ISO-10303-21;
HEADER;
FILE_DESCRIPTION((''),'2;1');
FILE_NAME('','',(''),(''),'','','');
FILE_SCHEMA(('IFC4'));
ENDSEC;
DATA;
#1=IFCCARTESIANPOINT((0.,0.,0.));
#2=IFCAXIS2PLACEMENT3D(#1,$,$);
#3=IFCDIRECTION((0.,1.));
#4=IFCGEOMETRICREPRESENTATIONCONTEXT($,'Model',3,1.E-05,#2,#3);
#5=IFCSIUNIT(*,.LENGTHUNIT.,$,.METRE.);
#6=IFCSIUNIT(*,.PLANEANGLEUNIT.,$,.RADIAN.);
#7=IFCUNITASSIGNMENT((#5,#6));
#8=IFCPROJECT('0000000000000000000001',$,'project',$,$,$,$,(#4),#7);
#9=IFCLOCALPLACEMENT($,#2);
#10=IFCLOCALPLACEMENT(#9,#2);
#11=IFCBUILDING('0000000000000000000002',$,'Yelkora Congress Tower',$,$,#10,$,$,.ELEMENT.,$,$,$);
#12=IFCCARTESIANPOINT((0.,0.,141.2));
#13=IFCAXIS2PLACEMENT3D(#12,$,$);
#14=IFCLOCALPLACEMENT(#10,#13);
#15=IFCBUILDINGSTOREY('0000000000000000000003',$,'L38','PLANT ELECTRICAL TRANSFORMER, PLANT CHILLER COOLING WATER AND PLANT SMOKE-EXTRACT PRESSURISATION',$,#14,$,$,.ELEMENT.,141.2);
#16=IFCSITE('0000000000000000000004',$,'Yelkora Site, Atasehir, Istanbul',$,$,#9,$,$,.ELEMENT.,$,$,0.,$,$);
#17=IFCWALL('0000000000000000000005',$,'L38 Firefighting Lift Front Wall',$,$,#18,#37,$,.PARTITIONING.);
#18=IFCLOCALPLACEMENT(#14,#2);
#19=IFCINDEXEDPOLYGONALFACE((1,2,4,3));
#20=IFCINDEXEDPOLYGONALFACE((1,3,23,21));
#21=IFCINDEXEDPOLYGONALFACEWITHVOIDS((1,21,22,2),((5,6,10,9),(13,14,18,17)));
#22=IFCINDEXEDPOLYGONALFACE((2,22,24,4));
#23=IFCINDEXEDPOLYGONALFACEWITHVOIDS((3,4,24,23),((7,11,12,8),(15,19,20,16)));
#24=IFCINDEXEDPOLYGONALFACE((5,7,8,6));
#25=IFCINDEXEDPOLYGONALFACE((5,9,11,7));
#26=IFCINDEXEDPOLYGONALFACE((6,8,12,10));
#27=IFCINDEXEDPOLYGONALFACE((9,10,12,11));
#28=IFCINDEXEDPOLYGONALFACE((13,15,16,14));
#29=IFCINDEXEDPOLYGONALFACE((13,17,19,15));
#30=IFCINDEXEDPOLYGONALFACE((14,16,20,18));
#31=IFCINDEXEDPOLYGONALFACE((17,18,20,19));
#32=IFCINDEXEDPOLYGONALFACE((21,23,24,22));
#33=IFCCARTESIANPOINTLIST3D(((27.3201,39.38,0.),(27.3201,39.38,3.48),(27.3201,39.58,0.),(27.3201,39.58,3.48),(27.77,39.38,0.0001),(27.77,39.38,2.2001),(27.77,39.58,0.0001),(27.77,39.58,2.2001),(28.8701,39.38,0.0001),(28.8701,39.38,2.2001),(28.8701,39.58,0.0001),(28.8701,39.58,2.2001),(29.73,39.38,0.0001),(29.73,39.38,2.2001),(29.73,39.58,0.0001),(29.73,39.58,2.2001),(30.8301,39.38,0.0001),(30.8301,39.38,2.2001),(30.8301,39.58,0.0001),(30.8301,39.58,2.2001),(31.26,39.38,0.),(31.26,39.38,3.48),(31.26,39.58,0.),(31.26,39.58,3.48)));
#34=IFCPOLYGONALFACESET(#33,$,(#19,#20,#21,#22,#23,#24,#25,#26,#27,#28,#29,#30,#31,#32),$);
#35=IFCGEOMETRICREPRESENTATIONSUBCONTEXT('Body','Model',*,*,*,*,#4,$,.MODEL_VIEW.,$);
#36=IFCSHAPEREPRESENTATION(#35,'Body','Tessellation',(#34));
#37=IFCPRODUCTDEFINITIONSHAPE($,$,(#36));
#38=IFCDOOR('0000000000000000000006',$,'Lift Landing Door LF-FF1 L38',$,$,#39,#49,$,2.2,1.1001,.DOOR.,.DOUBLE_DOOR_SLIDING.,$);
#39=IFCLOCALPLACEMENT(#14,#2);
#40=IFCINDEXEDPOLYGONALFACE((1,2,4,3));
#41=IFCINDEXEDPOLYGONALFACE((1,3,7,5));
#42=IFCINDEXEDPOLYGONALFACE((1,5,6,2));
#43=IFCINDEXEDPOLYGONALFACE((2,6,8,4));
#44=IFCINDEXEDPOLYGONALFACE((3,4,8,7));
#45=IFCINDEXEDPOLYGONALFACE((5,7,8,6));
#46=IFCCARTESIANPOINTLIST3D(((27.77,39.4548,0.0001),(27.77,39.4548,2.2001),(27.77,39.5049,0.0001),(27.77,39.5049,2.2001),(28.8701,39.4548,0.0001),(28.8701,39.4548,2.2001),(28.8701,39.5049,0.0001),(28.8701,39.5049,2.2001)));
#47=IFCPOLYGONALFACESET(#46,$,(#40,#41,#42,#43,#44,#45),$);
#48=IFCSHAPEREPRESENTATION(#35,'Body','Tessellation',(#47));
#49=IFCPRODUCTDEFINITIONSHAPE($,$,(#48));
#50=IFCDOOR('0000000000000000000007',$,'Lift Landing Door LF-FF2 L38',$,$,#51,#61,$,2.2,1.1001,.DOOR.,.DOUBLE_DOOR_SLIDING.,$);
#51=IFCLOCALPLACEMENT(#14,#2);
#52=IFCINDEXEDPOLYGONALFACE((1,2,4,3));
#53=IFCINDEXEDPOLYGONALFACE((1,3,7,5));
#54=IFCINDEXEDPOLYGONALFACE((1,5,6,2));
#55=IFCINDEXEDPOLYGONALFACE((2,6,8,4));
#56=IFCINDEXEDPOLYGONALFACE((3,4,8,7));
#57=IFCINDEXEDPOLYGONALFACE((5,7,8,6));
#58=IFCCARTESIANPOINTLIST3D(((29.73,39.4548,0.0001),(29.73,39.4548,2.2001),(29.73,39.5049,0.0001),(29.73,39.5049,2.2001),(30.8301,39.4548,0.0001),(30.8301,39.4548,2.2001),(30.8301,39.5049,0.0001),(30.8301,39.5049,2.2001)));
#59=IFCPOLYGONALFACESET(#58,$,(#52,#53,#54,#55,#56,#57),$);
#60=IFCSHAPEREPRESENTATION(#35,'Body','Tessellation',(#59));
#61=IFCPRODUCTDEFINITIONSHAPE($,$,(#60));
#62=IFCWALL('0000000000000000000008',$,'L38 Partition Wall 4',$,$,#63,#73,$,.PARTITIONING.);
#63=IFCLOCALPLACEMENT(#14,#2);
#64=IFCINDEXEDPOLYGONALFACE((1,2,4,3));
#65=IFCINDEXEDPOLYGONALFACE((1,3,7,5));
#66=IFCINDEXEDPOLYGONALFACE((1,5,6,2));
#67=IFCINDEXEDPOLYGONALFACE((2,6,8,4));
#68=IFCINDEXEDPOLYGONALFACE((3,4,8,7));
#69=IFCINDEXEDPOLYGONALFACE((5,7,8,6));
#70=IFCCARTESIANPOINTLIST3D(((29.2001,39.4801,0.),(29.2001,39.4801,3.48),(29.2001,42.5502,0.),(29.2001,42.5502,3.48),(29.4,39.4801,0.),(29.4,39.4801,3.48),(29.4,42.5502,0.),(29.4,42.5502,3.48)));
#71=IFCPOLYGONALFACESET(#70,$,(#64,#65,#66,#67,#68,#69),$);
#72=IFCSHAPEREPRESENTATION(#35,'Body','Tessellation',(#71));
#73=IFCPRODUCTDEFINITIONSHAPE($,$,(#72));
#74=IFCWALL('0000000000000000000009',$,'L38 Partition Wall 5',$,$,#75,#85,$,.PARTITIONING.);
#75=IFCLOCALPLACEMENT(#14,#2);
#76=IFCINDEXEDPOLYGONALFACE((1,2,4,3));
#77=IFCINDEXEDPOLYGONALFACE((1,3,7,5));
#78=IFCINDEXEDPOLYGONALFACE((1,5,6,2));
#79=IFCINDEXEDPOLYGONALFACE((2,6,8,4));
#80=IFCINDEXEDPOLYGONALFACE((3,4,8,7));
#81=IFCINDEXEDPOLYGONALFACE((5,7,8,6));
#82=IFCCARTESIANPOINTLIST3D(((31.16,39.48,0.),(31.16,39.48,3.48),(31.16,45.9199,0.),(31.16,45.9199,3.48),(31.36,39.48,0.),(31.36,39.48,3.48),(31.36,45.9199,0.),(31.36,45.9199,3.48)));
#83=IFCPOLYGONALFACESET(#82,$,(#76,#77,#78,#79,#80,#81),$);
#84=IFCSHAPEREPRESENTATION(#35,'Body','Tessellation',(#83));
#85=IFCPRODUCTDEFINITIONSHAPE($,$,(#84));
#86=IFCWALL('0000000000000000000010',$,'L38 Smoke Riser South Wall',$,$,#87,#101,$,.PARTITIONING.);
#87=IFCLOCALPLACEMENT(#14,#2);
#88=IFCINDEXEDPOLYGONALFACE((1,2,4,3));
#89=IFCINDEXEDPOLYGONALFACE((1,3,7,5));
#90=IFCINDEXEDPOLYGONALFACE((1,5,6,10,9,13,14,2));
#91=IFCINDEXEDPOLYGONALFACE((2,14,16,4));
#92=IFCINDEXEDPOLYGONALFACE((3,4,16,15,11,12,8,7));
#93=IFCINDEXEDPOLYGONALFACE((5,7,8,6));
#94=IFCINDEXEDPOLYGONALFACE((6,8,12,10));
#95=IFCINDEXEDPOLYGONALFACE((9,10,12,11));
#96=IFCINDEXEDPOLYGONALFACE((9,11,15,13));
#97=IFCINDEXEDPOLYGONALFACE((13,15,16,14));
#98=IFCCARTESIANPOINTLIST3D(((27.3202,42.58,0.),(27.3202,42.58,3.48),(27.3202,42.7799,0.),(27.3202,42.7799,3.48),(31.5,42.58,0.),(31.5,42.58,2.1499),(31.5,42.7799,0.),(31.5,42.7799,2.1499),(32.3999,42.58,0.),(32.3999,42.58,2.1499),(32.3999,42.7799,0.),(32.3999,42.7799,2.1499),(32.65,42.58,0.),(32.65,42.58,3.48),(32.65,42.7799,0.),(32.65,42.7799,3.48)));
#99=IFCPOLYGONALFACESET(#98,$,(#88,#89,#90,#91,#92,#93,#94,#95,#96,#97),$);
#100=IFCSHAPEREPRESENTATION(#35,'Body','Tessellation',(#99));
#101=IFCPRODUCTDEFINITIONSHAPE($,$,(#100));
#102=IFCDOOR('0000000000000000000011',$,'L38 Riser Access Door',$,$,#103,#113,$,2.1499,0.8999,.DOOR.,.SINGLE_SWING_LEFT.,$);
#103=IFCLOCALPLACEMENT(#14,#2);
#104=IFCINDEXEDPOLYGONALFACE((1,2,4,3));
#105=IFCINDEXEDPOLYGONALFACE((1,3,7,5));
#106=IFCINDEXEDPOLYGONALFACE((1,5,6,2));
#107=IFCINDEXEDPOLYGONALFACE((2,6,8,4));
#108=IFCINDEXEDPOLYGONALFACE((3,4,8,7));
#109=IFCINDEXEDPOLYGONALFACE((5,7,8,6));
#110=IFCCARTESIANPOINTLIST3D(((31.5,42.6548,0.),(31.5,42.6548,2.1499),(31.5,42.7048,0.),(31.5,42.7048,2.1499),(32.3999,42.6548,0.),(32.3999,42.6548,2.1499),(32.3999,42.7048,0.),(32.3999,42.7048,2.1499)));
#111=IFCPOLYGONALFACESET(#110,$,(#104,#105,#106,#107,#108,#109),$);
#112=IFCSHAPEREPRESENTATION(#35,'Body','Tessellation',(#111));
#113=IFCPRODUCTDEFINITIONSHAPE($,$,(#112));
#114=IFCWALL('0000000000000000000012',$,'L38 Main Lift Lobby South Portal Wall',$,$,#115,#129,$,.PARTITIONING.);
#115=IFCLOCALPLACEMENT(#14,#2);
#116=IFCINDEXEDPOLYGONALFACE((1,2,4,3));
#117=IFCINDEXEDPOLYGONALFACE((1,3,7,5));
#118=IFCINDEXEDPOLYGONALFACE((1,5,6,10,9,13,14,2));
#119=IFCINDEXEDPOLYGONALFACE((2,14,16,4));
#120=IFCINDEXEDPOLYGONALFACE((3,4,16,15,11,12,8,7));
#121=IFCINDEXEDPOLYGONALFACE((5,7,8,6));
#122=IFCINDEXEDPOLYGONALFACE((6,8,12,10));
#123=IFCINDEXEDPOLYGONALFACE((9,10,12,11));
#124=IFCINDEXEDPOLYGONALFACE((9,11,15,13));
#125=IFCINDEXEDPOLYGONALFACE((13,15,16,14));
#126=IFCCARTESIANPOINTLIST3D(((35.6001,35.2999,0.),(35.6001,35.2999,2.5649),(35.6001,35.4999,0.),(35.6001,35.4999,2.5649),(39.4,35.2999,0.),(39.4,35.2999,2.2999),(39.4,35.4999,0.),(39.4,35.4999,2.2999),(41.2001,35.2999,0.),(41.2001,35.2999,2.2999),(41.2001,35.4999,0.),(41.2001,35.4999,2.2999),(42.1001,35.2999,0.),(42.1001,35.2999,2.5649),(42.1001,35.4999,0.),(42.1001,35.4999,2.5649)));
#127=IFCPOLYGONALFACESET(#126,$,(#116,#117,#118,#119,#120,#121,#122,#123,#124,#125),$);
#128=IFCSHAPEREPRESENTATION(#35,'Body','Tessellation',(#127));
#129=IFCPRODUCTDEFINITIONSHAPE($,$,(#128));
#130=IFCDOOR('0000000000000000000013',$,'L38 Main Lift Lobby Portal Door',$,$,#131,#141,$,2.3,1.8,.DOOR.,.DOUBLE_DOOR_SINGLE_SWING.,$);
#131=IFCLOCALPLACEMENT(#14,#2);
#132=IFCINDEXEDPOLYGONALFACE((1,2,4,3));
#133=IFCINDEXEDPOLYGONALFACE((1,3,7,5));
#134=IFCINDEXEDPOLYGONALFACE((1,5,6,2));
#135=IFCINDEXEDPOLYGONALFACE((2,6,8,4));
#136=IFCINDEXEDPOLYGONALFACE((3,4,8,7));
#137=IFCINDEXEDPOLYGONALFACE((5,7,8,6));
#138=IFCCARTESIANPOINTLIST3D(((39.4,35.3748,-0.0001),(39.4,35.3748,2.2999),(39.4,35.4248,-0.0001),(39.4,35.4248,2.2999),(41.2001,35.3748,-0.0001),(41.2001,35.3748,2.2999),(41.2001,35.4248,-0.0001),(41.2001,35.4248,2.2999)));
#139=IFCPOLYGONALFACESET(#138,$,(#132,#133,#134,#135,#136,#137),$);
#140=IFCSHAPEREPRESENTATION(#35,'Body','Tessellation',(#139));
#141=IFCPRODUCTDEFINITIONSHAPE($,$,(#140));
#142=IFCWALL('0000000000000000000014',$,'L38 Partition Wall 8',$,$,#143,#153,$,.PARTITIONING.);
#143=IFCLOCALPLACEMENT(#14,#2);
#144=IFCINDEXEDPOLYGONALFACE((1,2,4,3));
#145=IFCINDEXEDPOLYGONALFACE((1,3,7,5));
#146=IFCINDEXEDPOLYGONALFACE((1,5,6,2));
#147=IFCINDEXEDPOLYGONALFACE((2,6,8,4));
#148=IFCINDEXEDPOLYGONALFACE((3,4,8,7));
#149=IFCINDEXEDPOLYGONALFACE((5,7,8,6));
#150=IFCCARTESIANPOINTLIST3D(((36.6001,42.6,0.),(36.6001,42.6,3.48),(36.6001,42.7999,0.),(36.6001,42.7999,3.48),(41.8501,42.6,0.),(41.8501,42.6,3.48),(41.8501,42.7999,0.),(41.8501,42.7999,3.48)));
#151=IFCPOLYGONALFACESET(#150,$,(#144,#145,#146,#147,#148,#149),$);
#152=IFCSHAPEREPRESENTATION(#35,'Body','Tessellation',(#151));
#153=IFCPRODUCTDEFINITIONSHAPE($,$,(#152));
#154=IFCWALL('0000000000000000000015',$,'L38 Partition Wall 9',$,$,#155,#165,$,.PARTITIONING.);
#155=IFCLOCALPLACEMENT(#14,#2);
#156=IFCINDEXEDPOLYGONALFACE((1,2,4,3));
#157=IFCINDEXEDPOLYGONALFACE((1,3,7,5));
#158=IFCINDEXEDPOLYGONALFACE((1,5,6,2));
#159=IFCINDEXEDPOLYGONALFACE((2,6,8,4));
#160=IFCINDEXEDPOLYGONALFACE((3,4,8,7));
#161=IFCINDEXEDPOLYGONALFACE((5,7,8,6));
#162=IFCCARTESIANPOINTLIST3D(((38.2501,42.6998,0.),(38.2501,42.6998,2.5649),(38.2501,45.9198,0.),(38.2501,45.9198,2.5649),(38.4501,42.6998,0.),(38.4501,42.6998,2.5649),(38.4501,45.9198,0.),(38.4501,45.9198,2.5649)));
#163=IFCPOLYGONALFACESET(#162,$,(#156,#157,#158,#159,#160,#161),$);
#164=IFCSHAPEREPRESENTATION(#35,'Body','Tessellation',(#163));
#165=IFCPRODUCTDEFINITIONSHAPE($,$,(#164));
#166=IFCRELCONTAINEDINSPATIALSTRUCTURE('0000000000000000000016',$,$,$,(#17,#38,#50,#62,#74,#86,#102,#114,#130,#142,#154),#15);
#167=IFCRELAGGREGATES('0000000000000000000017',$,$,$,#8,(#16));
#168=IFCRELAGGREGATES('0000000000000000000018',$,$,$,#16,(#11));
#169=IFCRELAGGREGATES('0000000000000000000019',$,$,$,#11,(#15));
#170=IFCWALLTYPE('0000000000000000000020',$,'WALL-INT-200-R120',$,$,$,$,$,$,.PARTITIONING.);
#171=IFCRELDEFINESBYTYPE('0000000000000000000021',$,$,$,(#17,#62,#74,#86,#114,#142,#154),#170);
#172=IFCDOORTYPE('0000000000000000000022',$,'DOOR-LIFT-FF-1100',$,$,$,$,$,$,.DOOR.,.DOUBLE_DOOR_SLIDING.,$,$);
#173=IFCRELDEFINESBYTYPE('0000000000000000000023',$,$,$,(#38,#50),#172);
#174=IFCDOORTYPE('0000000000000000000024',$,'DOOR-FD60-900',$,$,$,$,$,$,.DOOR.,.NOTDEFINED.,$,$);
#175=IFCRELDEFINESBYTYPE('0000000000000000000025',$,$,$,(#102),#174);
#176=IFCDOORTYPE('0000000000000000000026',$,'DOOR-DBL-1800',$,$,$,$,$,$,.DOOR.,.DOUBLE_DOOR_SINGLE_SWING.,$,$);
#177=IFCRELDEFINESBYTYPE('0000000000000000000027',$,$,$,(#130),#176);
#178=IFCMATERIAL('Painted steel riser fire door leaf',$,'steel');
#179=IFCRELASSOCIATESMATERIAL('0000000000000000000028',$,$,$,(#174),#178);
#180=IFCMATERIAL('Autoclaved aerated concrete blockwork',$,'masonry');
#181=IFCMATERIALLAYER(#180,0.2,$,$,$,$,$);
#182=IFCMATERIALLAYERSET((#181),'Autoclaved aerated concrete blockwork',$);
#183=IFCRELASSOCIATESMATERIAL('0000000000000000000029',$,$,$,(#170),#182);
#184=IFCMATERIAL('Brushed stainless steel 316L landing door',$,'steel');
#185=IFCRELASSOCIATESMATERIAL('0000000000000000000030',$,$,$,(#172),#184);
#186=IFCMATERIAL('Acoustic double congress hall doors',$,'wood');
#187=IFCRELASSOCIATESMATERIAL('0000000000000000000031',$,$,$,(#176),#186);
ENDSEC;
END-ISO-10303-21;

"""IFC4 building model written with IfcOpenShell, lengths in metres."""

from ifc_helpers import new_model, si_unit, direction, frame, frame_2d, origin, place, context, subcontext, project, spatial, rectangle, extrude, material, layer, layer_set, type_object, element, fill, save


model = new_model("IFC4")

# Units and contexts
model_context = context("Model", 3, precision=1e-05, world=origin(), true_north=direction((0.0, 1.0)))
body_context = subcontext(model_context, "Body", "Model", "MODEL_VIEW")
ifc_project = project(units=[si_unit("LENGTHUNIT", "METRE"), si_unit("PLANEANGLEUNIT", "RADIAN")], contexts=[model_context])

# Site, building, storey
site_placement = place(None, origin())
site = spatial("IfcSite", under=ifc_project, at=site_placement, Name="Yelkora Site, Atasehir, Istanbul", CompositionType="ELEMENT", RefElevation=0.0)
building_placement = place(site_placement, origin())
building = spatial("IfcBuilding", under=site, at=building_placement, Name="Yelkora Congress Tower", CompositionType="ELEMENT")
storey_placement = place(building_placement, frame((0.0, 0.0, 141.2)))
storey = spatial("IfcBuildingStorey", under=building, at=storey_placement, Name="L38", Description="PLANT ELECTRICAL TRANSFORMER, PLANT CHILLER COOLING WATER AND PLANT SMOKE-EXTRACT PRESSURISATION", CompositionType="ELEMENT", Elevation=141.2)

# Wall, openings, doors
ifc_material_1 = material(Name="Painted steel riser fire door leaf", Category="steel")
door_type_1 = type_object("IfcDoorType", Name="DOOR-FD60-900", OperationType="NOTDEFINED", PredefinedType="DOOR", material=ifc_material_1)
ifc_material_2 = material(Name="Autoclaved aerated concrete blockwork", Category="masonry")
ifc_layer_1 = layer(ifc_material_2, 0.2)
ifc_layer_set_1 = layer_set([ifc_layer_1], Name="Autoclaved aerated concrete blockwork")
wall_type_1 = type_object("IfcWallType", Name="WALL-INT-200-R120", PredefinedType="PARTITIONING", material=ifc_layer_set_1)
wall_1_placement = place(storey_placement, frame((27.3201, 39.48, 0.0), z_axis=(0.0, 0.0, 1.0), x_axis=(1.0, 0.0, 0.0)))
wall_1 = element("IfcWall", 1, at=wall_1_placement, inside=storey, type_object=wall_type_1, Name="L38 Firefighting Lift Front Wall", PredefinedType="PARTITIONING", context=body_context, shape_type="SweptSolid", body=[
    extrude(rectangle(XDim=3.9399, YDim=0.2, at=frame_2d((1.97, 0.0))), origin(), (0.0, 0.0, 1.0), 3.48),
])
opening_1_placement = place(wall_1_placement, frame((0.45, 0.0, 0.0)))
opening_1 = element("IfcOpeningElement", 2, at=opening_1_placement, cuts=wall_1, PredefinedType="OPENING", context=body_context, shape_type="SweptSolid", body=[
    extrude(rectangle(XDim=1.1001, YDim=2.2, at=frame_2d((0.55, 1.1001))), frame((0.0, 0.1099, 0.0), z_axis=(0.0, -1.0, 0.0), x_axis=(1.0, 0.0, 0.0)), (0.0, 0.0, 1.0), 0.22),
])
opening_2_placement = place(wall_1_placement, frame((2.4099, 0.0, 0.0)))
opening_2 = element("IfcOpeningElement", 3, at=opening_2_placement, cuts=wall_1, PredefinedType="OPENING", context=body_context, shape_type="SweptSolid", body=[
    extrude(rectangle(XDim=1.1001, YDim=2.2, at=frame_2d((0.55, 1.1001))), frame((0.0, 0.1099, 0.0), z_axis=(0.0, -1.0, 0.0), x_axis=(1.0, 0.0, 0.0)), (0.0, 0.0, 1.0), 0.22),
])
ifc_material_3 = material(Name="Brushed stainless steel 316L landing door", Category="steel")
door_type_2 = type_object("IfcDoorType", Name="DOOR-LIFT-FF-1100", OperationType="DOUBLE_DOOR_SLIDING", PredefinedType="DOOR", material=ifc_material_3)
door_1_placement = place(opening_1_placement, origin())
door_1 = element("IfcDoor", 4, at=door_1_placement, inside=storey, type_object=door_type_2, Name="Lift Landing Door LF-FF1 L38", OperationType="DOUBLE_DOOR_SLIDING", OverallHeight=2.2, OverallWidth=1.1001, PredefinedType="DOOR", context=body_context, shape_type="SweptSolid", body=[
    extrude(rectangle(XDim=1.1001, YDim=2.2, at=frame_2d((0.55, 1.1001))), frame((0.0, 0.0249, 0.0), z_axis=(0.0, -1.0, 0.0), x_axis=(1.0, 0.0, 0.0)), (0.0, 0.0, 1.0), 0.05),
])
fill(opening_1, door_1)
door_2_placement = place(opening_2_placement, origin())
door_2 = element("IfcDoor", 5, at=door_2_placement, inside=storey, type_object=door_type_2, Name="Lift Landing Door LF-FF2 L38", OperationType="DOUBLE_DOOR_SLIDING", OverallHeight=2.2, OverallWidth=1.1001, PredefinedType="DOOR", context=body_context, shape_type="SweptSolid", body=[
    extrude(rectangle(XDim=1.1001, YDim=2.2, at=frame_2d((0.55, 1.1001))), frame((0.0, 0.0249, 0.0), z_axis=(0.0, -1.0, 0.0), x_axis=(1.0, 0.0, 0.0)), (0.0, 0.0, 1.0), 0.05),
])
fill(opening_2, door_2)

# Walls
wall_2_placement = place(storey_placement, frame((29.3, 39.48, 0.0), z_axis=(0.0, 0.0, 1.0), x_axis=(0.0, 1.0, 0.0)))
element("IfcWall", 6, at=wall_2_placement, inside=storey, type_object=wall_type_1, Name="L38 Partition Wall 4", PredefinedType="PARTITIONING", context=body_context, shape_type="SweptSolid", body=[
    extrude(rectangle(XDim=3.0701, YDim=0.2, at=frame_2d((1.5352, 0.0))), origin(), (0.0, 0.0, 1.0), 3.48),
])
wall_3_placement = place(storey_placement, frame((31.26, 39.48, 0.0), z_axis=(0.0, 0.0, 1.0), x_axis=(0.0, 1.0, 0.0)))
element("IfcWall", 7, at=wall_3_placement, inside=storey, type_object=wall_type_1, Name="L38 Partition Wall 5", PredefinedType="PARTITIONING", context=body_context, shape_type="SweptSolid", body=[
    extrude(rectangle(XDim=6.4399, YDim=0.2, at=frame_2d((3.22, 0.0))), origin(), (0.0, 0.0, 1.0), 3.48),
])

# Walls, openings, doors
wall_4_placement = place(storey_placement, frame((27.3201, 42.6799, 0.0), z_axis=(0.0, 0.0, 1.0), x_axis=(1.0, 0.0, 0.0)))
wall_4 = element("IfcWall", 8, at=wall_4_placement, inside=storey, type_object=wall_type_1, Name="L38 Smoke Riser South Wall", PredefinedType="PARTITIONING", context=body_context, shape_type="SweptSolid", body=[
    extrude(rectangle(XDim=5.3298, YDim=0.2, at=frame_2d((2.665, 0.0))), origin(), (0.0, 0.0, 1.0), 3.48),
])
opening_3_placement = place(wall_4_placement, frame((4.1799, 0.0, 0.0)))
opening_3 = element("IfcOpeningElement", 9, at=opening_3_placement, cuts=wall_4, PredefinedType="OPENING", context=body_context, shape_type="SweptSolid", body=[
    extrude(rectangle(XDim=0.8999, YDim=2.1499, at=frame_2d((0.45, 1.075))), frame((0.0, 0.1099, 0.0), z_axis=(0.0, -1.0, 0.0), x_axis=(1.0, 0.0, 0.0)), (0.0, 0.0, 1.0), 0.22),
])
door_3_placement = place(opening_3_placement, origin())
door_3 = element("IfcDoor", 10, at=door_3_placement, inside=storey, type_object=door_type_1, Name="L38 Riser Access Door", OperationType="SINGLE_SWING_LEFT", OverallHeight=2.1499, OverallWidth=0.8999, PredefinedType="DOOR", context=body_context, shape_type="SweptSolid", body=[
    extrude(rectangle(XDim=0.8999, YDim=2.1499, at=frame_2d((0.45, 1.075))), frame((0.0, 0.0249, 0.0), z_axis=(0.0, -1.0, 0.0), x_axis=(1.0, 0.0, 0.0)), (0.0, 0.0, 1.0), 0.05),
])
fill(opening_3, door_3)
wall_5_placement = place(storey_placement, frame((35.6001, 35.3999, 0.0), z_axis=(0.0, 0.0, 1.0), x_axis=(1.0, 0.0, 0.0)))
wall_5 = element("IfcWall", 11, at=wall_5_placement, inside=storey, type_object=wall_type_1, Name="L38 Main Lift Lobby South Portal Wall", PredefinedType="PARTITIONING", context=body_context, shape_type="SweptSolid", body=[
    extrude(rectangle(XDim=6.5, YDim=0.2, at=frame_2d((3.25, 0.0))), origin(), (0.0, 0.0, 1.0), 2.5649),
])
opening_4_placement = place(wall_5_placement, frame((3.8, 0.0, 0.0)))
opening_4 = element("IfcOpeningElement", 12, at=opening_4_placement, cuts=wall_5, PredefinedType="OPENING", context=body_context, shape_type="SweptSolid", body=[
    extrude(rectangle(XDim=1.8, YDim=2.3, at=frame_2d((0.8999, 1.1499))), frame((0.0, 0.1099, 0.0), z_axis=(0.0, -1.0, 0.0), x_axis=(1.0, 0.0, 0.0)), (0.0, 0.0, 1.0), 0.22),
])
ifc_material_4 = material(Name="Acoustic double congress hall doors", Category="wood")
door_type_3 = type_object("IfcDoorType", Name="DOOR-DBL-1800", OperationType="DOUBLE_DOOR_SINGLE_SWING", PredefinedType="DOOR", material=ifc_material_4)
door_4_placement = place(opening_4_placement, origin())
door_4 = element("IfcDoor", 13, at=door_4_placement, inside=storey, type_object=door_type_3, Name="L38 Main Lift Lobby Portal Door", OperationType="DOUBLE_DOOR_SINGLE_SWING", OverallHeight=2.3, OverallWidth=1.8, PredefinedType="DOOR", context=body_context, shape_type="SweptSolid", body=[
    extrude(rectangle(XDim=1.8, YDim=2.3, at=frame_2d((0.8999, 1.1499))), frame((0.0, 0.0249, 0.0), z_axis=(0.0, -1.0, 0.0), x_axis=(1.0, 0.0, 0.0)), (0.0, 0.0, 1.0), 0.05),
])
fill(opening_4, door_4)

# Walls
wall_6_placement = place(storey_placement, frame((36.6001, 42.7, 0.0), z_axis=(0.0, 0.0, 1.0), x_axis=(1.0, 0.0, 0.0)))
element("IfcWall", 14, at=wall_6_placement, inside=storey, type_object=wall_type_1, Name="L38 Partition Wall 8", PredefinedType="PARTITIONING", context=body_context, shape_type="SweptSolid", body=[
    extrude(rectangle(XDim=5.25, YDim=0.2, at=frame_2d((2.625, 0.0))), origin(), (0.0, 0.0, 1.0), 3.48),
])
wall_7_placement = place(storey_placement, frame((38.3501, 42.7, 0.0), z_axis=(0.0, 0.0, 1.0), x_axis=(0.0, 1.0, 0.0)))
element("IfcWall", 15, at=wall_7_placement, inside=storey, type_object=wall_type_1, Name="L38 Partition Wall 9", PredefinedType="PARTITIONING", context=body_context, shape_type="SweptSolid", body=[
    extrude(rectangle(XDim=3.22, YDim=0.2, at=frame_2d((1.6099, 0.0))), origin(), (0.0, 0.0, 1.0), 2.5649),
])

save(model, "model.ifc")
